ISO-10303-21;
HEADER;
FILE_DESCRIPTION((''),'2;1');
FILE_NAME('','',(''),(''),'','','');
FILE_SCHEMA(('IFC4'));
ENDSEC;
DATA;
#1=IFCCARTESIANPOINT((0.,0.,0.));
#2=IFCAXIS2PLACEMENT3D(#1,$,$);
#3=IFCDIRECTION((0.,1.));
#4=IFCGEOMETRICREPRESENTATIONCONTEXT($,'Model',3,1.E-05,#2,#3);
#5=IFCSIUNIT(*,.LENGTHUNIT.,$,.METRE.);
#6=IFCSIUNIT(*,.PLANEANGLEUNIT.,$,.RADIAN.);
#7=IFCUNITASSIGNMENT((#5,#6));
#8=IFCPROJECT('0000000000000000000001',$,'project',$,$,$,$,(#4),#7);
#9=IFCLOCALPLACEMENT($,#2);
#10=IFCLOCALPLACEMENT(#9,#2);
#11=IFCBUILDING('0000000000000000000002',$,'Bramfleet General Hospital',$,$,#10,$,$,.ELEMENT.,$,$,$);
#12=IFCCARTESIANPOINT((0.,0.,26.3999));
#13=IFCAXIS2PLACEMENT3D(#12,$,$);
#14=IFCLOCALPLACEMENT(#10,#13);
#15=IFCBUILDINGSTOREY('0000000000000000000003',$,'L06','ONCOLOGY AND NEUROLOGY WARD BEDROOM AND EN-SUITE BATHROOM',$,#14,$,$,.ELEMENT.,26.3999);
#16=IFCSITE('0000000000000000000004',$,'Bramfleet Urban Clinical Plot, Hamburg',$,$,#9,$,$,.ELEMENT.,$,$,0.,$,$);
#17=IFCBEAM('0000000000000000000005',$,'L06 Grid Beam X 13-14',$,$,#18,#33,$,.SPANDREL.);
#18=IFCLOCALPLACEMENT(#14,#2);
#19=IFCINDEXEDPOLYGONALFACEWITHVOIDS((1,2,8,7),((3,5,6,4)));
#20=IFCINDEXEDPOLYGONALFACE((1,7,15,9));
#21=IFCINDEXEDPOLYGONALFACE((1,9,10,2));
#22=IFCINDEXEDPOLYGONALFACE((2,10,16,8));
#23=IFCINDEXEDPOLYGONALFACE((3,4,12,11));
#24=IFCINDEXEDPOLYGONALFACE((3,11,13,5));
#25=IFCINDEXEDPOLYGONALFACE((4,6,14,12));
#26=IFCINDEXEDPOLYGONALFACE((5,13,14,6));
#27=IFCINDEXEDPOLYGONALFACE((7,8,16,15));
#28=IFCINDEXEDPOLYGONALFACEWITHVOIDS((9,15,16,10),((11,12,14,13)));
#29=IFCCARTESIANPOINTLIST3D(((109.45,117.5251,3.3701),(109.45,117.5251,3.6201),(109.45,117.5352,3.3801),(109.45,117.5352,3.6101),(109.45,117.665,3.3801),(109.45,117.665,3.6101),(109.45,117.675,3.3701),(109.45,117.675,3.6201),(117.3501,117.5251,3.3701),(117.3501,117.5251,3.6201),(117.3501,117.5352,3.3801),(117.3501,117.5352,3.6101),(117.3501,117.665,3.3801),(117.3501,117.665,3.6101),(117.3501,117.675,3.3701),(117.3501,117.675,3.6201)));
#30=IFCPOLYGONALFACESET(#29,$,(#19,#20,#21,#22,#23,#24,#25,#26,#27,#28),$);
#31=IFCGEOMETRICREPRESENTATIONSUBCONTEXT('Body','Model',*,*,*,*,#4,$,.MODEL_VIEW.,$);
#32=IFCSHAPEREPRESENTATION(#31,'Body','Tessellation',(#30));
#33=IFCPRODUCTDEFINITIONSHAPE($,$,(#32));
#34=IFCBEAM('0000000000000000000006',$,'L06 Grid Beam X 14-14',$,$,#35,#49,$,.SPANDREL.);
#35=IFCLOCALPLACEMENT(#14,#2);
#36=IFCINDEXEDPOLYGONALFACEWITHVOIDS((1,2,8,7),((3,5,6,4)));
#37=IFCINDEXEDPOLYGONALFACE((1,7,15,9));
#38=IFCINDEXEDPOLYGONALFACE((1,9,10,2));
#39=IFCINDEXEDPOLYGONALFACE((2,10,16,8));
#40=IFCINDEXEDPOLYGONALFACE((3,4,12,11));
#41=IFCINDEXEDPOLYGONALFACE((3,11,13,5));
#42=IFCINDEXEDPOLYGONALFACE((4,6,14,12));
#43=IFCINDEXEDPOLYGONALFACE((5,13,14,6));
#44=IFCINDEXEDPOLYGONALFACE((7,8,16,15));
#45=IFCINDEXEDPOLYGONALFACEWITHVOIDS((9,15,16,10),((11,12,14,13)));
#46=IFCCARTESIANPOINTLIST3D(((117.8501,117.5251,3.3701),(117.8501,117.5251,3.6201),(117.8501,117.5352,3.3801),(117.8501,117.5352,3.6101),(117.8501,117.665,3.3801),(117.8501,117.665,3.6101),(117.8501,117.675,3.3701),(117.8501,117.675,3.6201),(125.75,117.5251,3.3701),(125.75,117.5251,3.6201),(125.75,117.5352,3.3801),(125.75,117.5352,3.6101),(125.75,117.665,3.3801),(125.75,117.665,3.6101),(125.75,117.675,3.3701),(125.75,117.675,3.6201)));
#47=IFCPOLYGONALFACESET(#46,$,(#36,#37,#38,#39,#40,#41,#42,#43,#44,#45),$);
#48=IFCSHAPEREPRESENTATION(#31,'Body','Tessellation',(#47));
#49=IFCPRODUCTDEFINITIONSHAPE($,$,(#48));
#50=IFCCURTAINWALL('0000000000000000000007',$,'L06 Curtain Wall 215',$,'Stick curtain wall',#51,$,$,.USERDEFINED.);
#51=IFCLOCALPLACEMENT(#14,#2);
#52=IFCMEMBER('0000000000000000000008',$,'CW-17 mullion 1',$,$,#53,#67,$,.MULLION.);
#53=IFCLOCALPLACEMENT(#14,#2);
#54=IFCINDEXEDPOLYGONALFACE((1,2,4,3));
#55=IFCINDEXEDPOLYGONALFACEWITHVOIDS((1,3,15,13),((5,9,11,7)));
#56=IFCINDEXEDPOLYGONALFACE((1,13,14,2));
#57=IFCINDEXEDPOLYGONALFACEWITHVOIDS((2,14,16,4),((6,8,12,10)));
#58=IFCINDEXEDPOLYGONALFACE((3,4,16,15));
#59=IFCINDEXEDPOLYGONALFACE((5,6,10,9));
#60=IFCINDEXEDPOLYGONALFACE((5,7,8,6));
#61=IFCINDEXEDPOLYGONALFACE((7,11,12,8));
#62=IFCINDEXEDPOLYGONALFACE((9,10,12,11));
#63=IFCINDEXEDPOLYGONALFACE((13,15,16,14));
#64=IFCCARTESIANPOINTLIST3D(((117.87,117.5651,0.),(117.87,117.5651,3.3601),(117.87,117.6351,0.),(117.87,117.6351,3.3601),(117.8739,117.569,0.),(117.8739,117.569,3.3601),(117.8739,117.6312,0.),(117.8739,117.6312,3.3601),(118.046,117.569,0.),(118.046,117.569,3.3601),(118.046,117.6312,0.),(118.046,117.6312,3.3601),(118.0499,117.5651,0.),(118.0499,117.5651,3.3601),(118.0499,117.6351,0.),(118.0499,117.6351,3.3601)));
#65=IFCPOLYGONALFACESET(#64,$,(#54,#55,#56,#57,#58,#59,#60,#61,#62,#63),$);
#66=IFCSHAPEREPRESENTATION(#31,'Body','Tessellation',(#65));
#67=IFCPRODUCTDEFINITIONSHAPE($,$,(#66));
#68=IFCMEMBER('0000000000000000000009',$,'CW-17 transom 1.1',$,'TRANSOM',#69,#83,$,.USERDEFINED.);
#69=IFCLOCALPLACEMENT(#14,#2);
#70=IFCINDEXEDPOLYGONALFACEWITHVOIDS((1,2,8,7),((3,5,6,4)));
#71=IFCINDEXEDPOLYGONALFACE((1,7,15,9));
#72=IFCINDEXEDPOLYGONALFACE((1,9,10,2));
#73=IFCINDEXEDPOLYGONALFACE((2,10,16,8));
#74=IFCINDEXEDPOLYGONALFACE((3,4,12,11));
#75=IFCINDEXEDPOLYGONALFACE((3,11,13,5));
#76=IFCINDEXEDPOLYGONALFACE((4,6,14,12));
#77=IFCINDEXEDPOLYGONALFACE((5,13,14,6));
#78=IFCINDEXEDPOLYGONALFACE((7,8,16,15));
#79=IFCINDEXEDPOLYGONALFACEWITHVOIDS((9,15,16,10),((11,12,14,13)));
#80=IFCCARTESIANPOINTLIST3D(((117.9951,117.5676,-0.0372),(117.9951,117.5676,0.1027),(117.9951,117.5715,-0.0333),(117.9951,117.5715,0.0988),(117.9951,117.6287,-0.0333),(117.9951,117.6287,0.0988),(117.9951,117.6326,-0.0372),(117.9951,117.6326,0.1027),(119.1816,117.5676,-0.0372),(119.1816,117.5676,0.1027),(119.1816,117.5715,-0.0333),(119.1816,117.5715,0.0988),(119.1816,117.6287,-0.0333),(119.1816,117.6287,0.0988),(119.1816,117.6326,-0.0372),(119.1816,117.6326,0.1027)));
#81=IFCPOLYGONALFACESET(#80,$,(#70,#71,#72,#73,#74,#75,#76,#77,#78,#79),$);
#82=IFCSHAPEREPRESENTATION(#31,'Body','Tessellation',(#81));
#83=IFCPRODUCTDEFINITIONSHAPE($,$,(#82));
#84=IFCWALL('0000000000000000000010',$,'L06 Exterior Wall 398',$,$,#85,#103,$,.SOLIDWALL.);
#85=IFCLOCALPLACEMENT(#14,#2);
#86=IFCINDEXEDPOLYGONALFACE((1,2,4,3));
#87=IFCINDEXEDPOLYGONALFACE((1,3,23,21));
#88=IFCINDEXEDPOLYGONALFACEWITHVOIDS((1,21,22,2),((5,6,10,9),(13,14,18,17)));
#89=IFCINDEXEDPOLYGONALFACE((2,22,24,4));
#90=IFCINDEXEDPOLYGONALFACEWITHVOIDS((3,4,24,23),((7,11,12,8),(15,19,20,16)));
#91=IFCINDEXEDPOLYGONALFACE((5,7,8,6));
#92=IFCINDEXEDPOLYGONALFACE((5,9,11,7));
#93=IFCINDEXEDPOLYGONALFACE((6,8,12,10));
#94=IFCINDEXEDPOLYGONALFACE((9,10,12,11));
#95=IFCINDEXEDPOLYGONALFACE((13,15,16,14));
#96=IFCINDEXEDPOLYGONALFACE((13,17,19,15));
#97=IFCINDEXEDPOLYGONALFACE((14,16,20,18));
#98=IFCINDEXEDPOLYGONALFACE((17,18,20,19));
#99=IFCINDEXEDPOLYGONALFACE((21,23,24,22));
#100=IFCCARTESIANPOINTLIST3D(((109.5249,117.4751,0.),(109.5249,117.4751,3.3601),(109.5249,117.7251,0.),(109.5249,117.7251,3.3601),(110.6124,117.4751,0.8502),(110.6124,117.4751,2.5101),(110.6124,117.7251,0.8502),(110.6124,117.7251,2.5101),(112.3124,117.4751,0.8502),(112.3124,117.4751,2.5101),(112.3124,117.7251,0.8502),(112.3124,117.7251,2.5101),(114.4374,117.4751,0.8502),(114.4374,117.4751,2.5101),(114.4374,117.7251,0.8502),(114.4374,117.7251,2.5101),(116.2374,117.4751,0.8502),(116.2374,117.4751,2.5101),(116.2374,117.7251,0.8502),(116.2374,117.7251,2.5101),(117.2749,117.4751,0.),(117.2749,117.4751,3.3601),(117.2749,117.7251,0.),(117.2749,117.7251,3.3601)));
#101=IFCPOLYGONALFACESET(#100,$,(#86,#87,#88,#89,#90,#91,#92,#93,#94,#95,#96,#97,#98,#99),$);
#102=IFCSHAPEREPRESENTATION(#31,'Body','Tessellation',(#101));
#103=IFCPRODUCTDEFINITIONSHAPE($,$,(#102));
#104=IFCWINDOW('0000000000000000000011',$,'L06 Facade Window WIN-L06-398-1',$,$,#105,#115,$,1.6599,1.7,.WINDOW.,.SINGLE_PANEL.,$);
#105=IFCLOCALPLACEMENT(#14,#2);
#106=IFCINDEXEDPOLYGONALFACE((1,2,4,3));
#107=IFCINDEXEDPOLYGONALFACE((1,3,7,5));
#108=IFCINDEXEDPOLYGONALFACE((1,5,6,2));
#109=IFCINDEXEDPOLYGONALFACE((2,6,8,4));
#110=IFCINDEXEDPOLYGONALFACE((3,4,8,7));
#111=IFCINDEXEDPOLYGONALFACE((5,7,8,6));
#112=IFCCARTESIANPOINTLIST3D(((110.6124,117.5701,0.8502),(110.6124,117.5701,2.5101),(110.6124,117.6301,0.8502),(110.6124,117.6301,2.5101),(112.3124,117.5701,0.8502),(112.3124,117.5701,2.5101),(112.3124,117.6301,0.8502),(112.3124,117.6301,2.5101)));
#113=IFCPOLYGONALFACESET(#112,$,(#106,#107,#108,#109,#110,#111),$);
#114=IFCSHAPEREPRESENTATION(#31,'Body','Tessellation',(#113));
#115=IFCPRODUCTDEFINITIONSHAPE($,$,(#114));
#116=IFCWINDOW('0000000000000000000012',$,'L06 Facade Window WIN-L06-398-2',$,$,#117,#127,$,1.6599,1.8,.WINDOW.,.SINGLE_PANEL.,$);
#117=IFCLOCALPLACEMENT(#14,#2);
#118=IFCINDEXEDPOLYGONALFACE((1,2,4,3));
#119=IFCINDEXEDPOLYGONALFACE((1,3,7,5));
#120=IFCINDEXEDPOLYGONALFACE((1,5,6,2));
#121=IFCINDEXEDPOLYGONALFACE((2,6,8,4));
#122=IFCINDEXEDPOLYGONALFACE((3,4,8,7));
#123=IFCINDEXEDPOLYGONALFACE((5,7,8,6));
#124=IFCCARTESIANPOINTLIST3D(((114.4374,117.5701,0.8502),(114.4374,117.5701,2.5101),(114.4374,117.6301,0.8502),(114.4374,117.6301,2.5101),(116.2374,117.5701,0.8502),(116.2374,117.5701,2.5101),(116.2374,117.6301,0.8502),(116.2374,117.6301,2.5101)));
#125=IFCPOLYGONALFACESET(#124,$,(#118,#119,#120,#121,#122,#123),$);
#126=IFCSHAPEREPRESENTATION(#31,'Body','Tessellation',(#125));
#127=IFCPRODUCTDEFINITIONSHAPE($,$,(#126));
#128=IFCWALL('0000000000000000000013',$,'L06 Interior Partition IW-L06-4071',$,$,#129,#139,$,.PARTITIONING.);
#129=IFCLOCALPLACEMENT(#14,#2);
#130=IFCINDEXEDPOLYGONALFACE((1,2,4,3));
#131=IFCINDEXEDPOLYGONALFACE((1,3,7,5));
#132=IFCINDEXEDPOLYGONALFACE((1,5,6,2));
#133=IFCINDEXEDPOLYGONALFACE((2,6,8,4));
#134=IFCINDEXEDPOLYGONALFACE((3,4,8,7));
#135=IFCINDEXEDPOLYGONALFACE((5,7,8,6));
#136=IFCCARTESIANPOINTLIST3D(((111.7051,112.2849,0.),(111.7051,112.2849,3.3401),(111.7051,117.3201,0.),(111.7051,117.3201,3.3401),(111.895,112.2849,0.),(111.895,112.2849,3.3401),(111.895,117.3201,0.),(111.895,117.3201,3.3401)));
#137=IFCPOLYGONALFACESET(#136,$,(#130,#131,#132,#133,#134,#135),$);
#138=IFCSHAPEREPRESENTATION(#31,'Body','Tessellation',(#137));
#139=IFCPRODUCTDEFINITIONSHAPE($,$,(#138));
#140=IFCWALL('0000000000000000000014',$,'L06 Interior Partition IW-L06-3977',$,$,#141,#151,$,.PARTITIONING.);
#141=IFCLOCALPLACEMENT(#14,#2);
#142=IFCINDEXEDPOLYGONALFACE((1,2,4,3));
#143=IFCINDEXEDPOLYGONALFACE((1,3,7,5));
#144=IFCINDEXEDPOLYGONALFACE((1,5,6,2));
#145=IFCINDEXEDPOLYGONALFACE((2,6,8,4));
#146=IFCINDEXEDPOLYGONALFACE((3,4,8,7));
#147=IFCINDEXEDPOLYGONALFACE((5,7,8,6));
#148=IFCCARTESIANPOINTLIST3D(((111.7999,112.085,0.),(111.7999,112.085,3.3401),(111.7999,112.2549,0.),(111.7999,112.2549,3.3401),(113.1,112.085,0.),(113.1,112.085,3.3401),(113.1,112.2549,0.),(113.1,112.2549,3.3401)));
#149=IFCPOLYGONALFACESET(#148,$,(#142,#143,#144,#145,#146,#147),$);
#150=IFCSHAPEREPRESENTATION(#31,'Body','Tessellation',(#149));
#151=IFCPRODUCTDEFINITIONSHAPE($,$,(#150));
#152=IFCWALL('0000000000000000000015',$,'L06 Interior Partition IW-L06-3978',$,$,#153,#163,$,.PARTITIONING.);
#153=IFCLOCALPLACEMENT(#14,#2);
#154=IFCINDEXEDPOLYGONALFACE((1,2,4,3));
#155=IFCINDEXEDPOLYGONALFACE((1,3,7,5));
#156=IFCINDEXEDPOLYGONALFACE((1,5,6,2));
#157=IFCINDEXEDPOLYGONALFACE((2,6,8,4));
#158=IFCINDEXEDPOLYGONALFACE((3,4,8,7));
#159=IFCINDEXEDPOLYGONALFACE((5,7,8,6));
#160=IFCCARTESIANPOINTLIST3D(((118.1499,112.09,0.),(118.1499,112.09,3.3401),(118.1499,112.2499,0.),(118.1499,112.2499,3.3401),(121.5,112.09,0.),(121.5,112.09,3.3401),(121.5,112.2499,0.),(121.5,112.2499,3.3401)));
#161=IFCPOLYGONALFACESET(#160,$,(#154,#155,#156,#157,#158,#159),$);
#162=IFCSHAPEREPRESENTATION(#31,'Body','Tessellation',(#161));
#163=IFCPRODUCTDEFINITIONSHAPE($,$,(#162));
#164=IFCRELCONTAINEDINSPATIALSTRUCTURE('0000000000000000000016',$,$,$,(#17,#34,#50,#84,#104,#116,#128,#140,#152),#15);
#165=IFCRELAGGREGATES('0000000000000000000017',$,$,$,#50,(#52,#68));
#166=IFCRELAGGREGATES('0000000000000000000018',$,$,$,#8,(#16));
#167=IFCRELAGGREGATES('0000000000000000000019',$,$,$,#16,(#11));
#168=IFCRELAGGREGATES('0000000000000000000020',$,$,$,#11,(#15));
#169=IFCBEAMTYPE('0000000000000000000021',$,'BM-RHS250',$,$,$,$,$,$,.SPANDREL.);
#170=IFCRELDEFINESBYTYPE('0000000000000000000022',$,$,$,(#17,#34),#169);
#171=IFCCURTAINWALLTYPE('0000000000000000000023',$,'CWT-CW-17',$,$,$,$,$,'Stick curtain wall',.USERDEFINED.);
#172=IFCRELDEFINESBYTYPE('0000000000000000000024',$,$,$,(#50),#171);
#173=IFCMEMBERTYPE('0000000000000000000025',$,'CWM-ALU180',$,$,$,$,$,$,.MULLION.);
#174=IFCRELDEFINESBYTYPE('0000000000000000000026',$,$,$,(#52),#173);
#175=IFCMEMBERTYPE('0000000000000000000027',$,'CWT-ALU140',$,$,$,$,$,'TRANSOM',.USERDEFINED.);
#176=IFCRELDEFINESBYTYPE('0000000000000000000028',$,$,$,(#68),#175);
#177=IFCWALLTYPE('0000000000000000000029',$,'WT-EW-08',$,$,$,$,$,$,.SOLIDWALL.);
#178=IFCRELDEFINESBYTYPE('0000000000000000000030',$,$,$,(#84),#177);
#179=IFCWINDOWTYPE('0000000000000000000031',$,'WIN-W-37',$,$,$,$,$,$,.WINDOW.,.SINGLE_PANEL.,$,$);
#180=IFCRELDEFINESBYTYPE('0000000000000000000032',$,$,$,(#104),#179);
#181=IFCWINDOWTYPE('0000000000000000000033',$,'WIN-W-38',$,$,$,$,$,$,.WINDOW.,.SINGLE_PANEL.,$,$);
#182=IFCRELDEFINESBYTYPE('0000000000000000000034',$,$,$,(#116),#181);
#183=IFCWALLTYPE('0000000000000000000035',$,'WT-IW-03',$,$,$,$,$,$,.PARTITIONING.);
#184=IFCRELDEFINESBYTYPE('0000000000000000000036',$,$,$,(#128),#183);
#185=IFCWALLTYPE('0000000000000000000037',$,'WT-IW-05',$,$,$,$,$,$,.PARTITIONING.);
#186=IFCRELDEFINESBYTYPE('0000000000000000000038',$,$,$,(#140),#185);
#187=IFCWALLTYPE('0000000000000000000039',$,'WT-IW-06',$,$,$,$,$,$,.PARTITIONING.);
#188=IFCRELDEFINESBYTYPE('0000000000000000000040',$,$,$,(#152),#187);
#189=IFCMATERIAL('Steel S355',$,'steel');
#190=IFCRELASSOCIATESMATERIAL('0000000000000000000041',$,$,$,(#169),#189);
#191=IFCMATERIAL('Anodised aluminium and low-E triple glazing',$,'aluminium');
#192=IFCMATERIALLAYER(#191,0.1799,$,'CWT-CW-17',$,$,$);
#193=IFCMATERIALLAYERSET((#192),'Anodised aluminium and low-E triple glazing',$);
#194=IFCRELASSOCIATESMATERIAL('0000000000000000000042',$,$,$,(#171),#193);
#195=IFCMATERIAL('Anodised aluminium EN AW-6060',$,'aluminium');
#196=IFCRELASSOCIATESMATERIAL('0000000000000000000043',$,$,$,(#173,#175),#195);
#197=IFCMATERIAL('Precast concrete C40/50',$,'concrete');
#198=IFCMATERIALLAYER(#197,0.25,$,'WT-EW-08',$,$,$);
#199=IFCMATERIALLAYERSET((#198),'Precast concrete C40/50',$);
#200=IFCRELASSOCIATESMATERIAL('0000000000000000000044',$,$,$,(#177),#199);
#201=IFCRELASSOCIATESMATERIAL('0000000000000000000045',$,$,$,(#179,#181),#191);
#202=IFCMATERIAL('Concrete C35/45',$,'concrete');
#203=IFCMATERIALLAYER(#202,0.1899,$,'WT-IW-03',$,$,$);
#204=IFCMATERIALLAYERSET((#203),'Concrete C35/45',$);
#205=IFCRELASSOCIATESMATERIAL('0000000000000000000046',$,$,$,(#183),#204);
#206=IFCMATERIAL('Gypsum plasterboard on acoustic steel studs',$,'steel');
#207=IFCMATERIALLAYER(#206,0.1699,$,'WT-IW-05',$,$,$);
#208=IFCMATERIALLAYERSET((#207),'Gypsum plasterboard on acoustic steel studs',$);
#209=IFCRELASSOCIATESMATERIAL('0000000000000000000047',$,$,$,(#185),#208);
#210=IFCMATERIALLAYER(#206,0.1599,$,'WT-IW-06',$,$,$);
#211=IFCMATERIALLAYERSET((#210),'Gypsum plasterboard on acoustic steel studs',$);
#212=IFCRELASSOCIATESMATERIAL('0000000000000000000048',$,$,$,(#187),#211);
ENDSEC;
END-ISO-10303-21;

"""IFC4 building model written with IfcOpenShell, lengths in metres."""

from ifc_helpers import new_model, si_unit, direction, frame, frame_2d, origin, origin_2d, place, context, subcontext, project, spatial, rectangle, hollow_rectangle, extrude, material, layer, layer_set, material_profile, profile_set, type_object, element, fill, aggregate, save


model = new_model("IFC4")

# Units and contexts
model_context = context("Model", 3, precision=1e-05, world=origin(), true_north=direction((0.0, 1.0)))
body_context = subcontext(model_context, "Body", "Model", "MODEL_VIEW")
ifc_project = project(units=[si_unit("LENGTHUNIT", "METRE"), si_unit("PLANEANGLEUNIT", "RADIAN")], contexts=[model_context])

# Site, building, storey
site_placement = place(None, origin())
site = spatial("IfcSite", under=ifc_project, at=site_placement, Name="Bramfleet Urban Clinical Plot, Hamburg", CompositionType="ELEMENT", RefElevation=0.0)
building_placement = place(site_placement, origin())
building = spatial("IfcBuilding", under=site, at=building_placement, Name="Bramfleet General Hospital", CompositionType="ELEMENT")
storey_placement = place(building_placement, frame((0.0, 0.0, 26.3999)))
storey = spatial("IfcBuildingStorey", under=building, at=storey_placement, Name="L06", Description="ONCOLOGY AND NEUROLOGY WARD BEDROOM AND EN-SUITE BATHROOM", CompositionType="ELEMENT", Elevation=26.3999)

# Beams
ifc_material_1 = material(Name="Steel S355", Category="steel")
ifc_material_profile_1 = material_profile(ifc_material_1, hollow_rectangle(XDim=0.1499, YDim=0.25, WallThickness=0.01, at=origin_2d()), Name="RHS 250x150x10.0")
ifc_profile_set_1 = profile_set([ifc_material_profile_1], Name="Steel S355")
beam_type_1 = type_object("IfcBeamType", Name="BM-RHS250", PredefinedType="SPANDREL", material=ifc_profile_set_1)
beam_1_placement = place(storey_placement, frame((109.45, 117.6001, 3.4951), z_axis=(1.0, 0.0, 0.0), x_axis=(0.0, 1.0, 0.0)))
element("IfcBeam", 1, at=beam_1_placement, inside=storey, type_object=beam_type_1, Name="L06 Grid Beam X 13-14", PredefinedType="SPANDREL", context=body_context, shape_type="SweptSolid", body=[
    extrude(hollow_rectangle(XDim=0.1499, YDim=0.25, WallThickness=0.01, at=origin_2d()), origin(), (0.0, 0.0, 1.0), 7.9001),
])
beam_2_placement = place(storey_placement, frame((117.8501, 117.6001, 3.4951), z_axis=(1.0, 0.0, 0.0), x_axis=(0.0, 1.0, 0.0)))
element("IfcBeam", 2, at=beam_2_placement, inside=storey, type_object=beam_type_1, Name="L06 Grid Beam X 14-14", PredefinedType="SPANDREL", context=body_context, shape_type="SweptSolid", body=[
    extrude(hollow_rectangle(XDim=0.1499, YDim=0.25, WallThickness=0.01, at=origin_2d()), origin(), (0.0, 0.0, 1.0), 7.8999),
])

# Curtain wall, members
ifc_material_2 = material(Name="Anodised aluminium and low-E triple glazing", Category="aluminium")
ifc_layer_1 = layer(ifc_material_2, 0.1799, Name="CWT-CW-17")
ifc_layer_set_1 = layer_set([ifc_layer_1], Name="Anodised aluminium and low-E triple glazing")
curtain_wall_type = type_object("IfcCurtainWallType", Name="CWT-CW-17", ElementType="Stick curtain wall", PredefinedType="USERDEFINED", material=ifc_layer_set_1)
curtain_wall_placement = place(storey_placement, origin())
curtain_wall = element("IfcCurtainWall", 3, at=curtain_wall_placement, inside=storey, type_object=curtain_wall_type, Name="L06 Curtain Wall 215", ObjectType="Stick curtain wall", PredefinedType="USERDEFINED")
ifc_material_3 = material(Name="Anodised aluminium EN AW-6060", Category="aluminium")
ifc_material_profile_2 = material_profile(ifc_material_3, hollow_rectangle(XDim=0.0701, YDim=0.1799, WallThickness=0.0039, at=origin_2d()), Name="ALU 180x70x4.0")
ifc_profile_set_2 = profile_set([ifc_material_profile_2], Name="Anodised aluminium EN AW-6060")
member_type_1 = type_object("IfcMemberType", Name="CWM-ALU180", PredefinedType="MULLION", material=ifc_profile_set_2)
member_1_placement = place(storey_placement, frame((117.96, 117.6001, 0.0), z_axis=(0.0, 0.0, 1.0), x_axis=(0.0, 1.0, 0.0)))
member_1 = element("IfcMember", 4, at=member_1_placement, type_object=member_type_1, Name="CW-17 mullion 1", PredefinedType="MULLION", context=body_context, shape_type="SweptSolid", body=[
    extrude(hollow_rectangle(XDim=0.0701, YDim=0.1799, WallThickness=0.0039, at=origin_2d()), origin(), (0.0, 0.0, 1.0), 3.3601),
])
ifc_material_profile_3 = material_profile(ifc_material_3, hollow_rectangle(XDim=0.0649, YDim=0.1399, WallThickness=0.0039, at=origin_2d()), Name="ALU 140x65x4.0")
ifc_profile_set_3 = profile_set([ifc_material_profile_3], Name="Anodised aluminium EN AW-6060")
member_type_2 = type_object("IfcMemberType", Name="CWT-ALU140", ElementType="TRANSOM", PredefinedType="USERDEFINED", material=ifc_profile_set_3)
member_2_placement = place(storey_placement, frame((117.9951, 117.6001, 0.0327), z_axis=(1.0, 0.0, 0.0), x_axis=(0.0, 1.0, 0.0)))
member_2 = element("IfcMember", 5, at=member_2_placement, type_object=member_type_2, Name="CW-17 transom 1.1", ObjectType="TRANSOM", PredefinedType="USERDEFINED", context=body_context, shape_type="SweptSolid", body=[
    extrude(hollow_rectangle(XDim=0.0649, YDim=0.1399, WallThickness=0.0039, at=origin_2d()), origin(), (0.0, 0.0, 1.0), 1.1865),
])
aggregate(curtain_wall, [member_1, member_2])

# Wall, openings, windows
ifc_material_4 = material(Name="Precast concrete C40/50", Category="concrete")
ifc_layer_2 = layer(ifc_material_4, 0.25, Name="WT-EW-08")
ifc_layer_set_2 = layer_set([ifc_layer_2], Name="Precast concrete C40/50")
wall_type_1 = type_object("IfcWallType", Name="WT-EW-08", PredefinedType="SOLIDWALL", material=ifc_layer_set_2)
wall_1_placement = place(storey_placement, frame((109.5249, 117.6001, 0.0), z_axis=(0.0, 0.0, 1.0), x_axis=(1.0, 0.0, 0.0)))
wall_1 = element("IfcWall", 6, at=wall_1_placement, inside=storey, type_object=wall_type_1, Name="L06 Exterior Wall 398", PredefinedType="SOLIDWALL", context=body_context, shape_type="SweptSolid", body=[
    extrude(rectangle(XDim=7.75, YDim=0.25, at=frame_2d((3.875, 0.0))), origin(), (0.0, 0.0, 1.0), 3.3601),
])
opening_1_placement = place(wall_1_placement, frame((1.0874, 0.0, 0.8501)))
opening_1 = element("IfcOpeningElement", 7, at=opening_1_placement, cuts=wall_1, PredefinedType="OPENING", context=body_context, shape_type="SweptSolid", body=[
    extrude(rectangle(XDim=1.7, YDim=1.6599, at=frame_2d((0.8501, 0.8301))), frame((0.0, 0.135, 0.0), z_axis=(0.0, -1.0, 0.0), x_axis=(1.0, 0.0, 0.0)), (0.0, 0.0, 1.0), 0.27),
])
opening_2_placement = place(wall_1_placement, frame((4.9126, 0.0, 0.8501)))
opening_2 = element("IfcOpeningElement", 8, at=opening_2_placement, cuts=wall_1, PredefinedType="OPENING", context=body_context, shape_type="SweptSolid", body=[
    extrude(rectangle(XDim=1.8, YDim=1.6599, at=frame_2d((0.8999, 0.8301))), frame((0.0, 0.135, 0.0), z_axis=(0.0, -1.0, 0.0), x_axis=(1.0, 0.0, 0.0)), (0.0, 0.0, 1.0), 0.27),
])
window_type_1 = type_object("IfcWindowType", Name="WIN-W-37", PartitioningType="SINGLE_PANEL", PredefinedType="WINDOW", material=ifc_material_2)
window_1_placement = place(opening_1_placement, origin())
window_1 = element("IfcWindow", 9, at=window_1_placement, inside=storey, type_object=window_type_1, Name="L06 Facade Window WIN-L06-398-1", OverallHeight=1.6599, OverallWidth=1.7, PartitioningType="SINGLE_PANEL", PredefinedType="WINDOW", context=body_context, shape_type="SweptSolid", body=[
    extrude(rectangle(XDim=1.7, YDim=1.6599, at=frame_2d((0.8501, 0.8301))), frame((0.0, 0.03, 0.0), z_axis=(0.0, -1.0, 0.0), x_axis=(1.0, 0.0, 0.0)), (0.0, 0.0, 1.0), 0.0601),
])
fill(opening_1, window_1)
window_type_2 = type_object("IfcWindowType", Name="WIN-W-38", PartitioningType="SINGLE_PANEL", PredefinedType="WINDOW", material=ifc_material_2)
window_2_placement = place(opening_2_placement, origin())
window_2 = element("IfcWindow", 10, at=window_2_placement, inside=storey, type_object=window_type_2, Name="L06 Facade Window WIN-L06-398-2", OverallHeight=1.6599, OverallWidth=1.8, PartitioningType="SINGLE_PANEL", PredefinedType="WINDOW", context=body_context, shape_type="SweptSolid", body=[
    extrude(rectangle(XDim=1.8, YDim=1.6599, at=frame_2d((0.8999, 0.8301))), frame((0.0, 0.03, 0.0), z_axis=(0.0, -1.0, 0.0), x_axis=(1.0, 0.0, 0.0)), (0.0, 0.0, 1.0), 0.0601),
])
fill(opening_2, window_2)

# Walls
ifc_material_5 = material(Name="Concrete C35/45", Category="concrete")
ifc_layer_3 = layer(ifc_material_5, 0.1899, Name="WT-IW-03")
ifc_layer_set_3 = layer_set([ifc_layer_3], Name="Concrete C35/45")
wall_type_2 = type_object("IfcWallType", Name="WT-IW-03", PredefinedType="PARTITIONING", material=ifc_layer_set_3)
wall_2_placement = place(storey_placement, frame((111.8, 112.2849, 0.0), z_axis=(0.0, 0.0, 1.0), x_axis=(0.0, 1.0, 0.0)))
element("IfcWall", 11, at=wall_2_placement, inside=storey, type_object=wall_type_2, Name="L06 Interior Partition IW-L06-4071", PredefinedType="PARTITIONING", context=body_context, shape_type="SweptSolid", body=[
    extrude(rectangle(XDim=5.0352, YDim=0.1899, at=frame_2d((2.5176, 0.0))), origin(), (0.0, 0.0, 1.0), 3.3401),
])
ifc_material_6 = material(Name="Gypsum plasterboard on acoustic steel studs", Category="steel")
ifc_layer_4 = layer(ifc_material_6, 0.1699, Name="WT-IW-05")
ifc_layer_set_4 = layer_set([ifc_layer_4], Name="Gypsum plasterboard on acoustic steel studs")
wall_type_3 = type_object("IfcWallType", Name="WT-IW-05", PredefinedType="PARTITIONING", material=ifc_layer_set_4)
wall_3_placement = place(storey_placement, frame((111.8, 112.1699, 0.0), z_axis=(0.0, 0.0, 1.0), x_axis=(1.0, 0.0, 0.0)))
element("IfcWall", 12, at=wall_3_placement, inside=storey, type_object=wall_type_3, Name="L06 Interior Partition IW-L06-3977", PredefinedType="PARTITIONING", context=body_context, shape_type="SweptSolid", body=[
    extrude(rectangle(XDim=1.3, YDim=0.1699, at=frame_2d((0.6499, 0.0))), origin(), (0.0, 0.0, 1.0), 3.3401),
])
ifc_layer_5 = layer(ifc_material_6, 0.1599, Name="WT-IW-06")
ifc_layer_set_5 = layer_set([ifc_layer_5], Name="Gypsum plasterboard on acoustic steel studs")
wall_type_4 = type_object("IfcWallType", Name="WT-IW-06", PredefinedType="PARTITIONING", material=ifc_layer_set_5)
wall_4_placement = place(storey_placement, frame((118.1499, 112.1699, 0.0), z_axis=(0.0, 0.0, 1.0), x_axis=(1.0, 0.0, 0.0)))
element("IfcWall", 13, at=wall_4_placement, inside=storey, type_object=wall_type_4, Name="L06 Interior Partition IW-L06-3978", PredefinedType="PARTITIONING", context=body_context, shape_type="SweptSolid", body=[
    extrude(rectangle(XDim=3.3501, YDim=0.1599, at=frame_2d((1.675, 0.0))), origin(), (0.0, 0.0, 1.0), 3.3401),
])

save(model, "model.ifc")
